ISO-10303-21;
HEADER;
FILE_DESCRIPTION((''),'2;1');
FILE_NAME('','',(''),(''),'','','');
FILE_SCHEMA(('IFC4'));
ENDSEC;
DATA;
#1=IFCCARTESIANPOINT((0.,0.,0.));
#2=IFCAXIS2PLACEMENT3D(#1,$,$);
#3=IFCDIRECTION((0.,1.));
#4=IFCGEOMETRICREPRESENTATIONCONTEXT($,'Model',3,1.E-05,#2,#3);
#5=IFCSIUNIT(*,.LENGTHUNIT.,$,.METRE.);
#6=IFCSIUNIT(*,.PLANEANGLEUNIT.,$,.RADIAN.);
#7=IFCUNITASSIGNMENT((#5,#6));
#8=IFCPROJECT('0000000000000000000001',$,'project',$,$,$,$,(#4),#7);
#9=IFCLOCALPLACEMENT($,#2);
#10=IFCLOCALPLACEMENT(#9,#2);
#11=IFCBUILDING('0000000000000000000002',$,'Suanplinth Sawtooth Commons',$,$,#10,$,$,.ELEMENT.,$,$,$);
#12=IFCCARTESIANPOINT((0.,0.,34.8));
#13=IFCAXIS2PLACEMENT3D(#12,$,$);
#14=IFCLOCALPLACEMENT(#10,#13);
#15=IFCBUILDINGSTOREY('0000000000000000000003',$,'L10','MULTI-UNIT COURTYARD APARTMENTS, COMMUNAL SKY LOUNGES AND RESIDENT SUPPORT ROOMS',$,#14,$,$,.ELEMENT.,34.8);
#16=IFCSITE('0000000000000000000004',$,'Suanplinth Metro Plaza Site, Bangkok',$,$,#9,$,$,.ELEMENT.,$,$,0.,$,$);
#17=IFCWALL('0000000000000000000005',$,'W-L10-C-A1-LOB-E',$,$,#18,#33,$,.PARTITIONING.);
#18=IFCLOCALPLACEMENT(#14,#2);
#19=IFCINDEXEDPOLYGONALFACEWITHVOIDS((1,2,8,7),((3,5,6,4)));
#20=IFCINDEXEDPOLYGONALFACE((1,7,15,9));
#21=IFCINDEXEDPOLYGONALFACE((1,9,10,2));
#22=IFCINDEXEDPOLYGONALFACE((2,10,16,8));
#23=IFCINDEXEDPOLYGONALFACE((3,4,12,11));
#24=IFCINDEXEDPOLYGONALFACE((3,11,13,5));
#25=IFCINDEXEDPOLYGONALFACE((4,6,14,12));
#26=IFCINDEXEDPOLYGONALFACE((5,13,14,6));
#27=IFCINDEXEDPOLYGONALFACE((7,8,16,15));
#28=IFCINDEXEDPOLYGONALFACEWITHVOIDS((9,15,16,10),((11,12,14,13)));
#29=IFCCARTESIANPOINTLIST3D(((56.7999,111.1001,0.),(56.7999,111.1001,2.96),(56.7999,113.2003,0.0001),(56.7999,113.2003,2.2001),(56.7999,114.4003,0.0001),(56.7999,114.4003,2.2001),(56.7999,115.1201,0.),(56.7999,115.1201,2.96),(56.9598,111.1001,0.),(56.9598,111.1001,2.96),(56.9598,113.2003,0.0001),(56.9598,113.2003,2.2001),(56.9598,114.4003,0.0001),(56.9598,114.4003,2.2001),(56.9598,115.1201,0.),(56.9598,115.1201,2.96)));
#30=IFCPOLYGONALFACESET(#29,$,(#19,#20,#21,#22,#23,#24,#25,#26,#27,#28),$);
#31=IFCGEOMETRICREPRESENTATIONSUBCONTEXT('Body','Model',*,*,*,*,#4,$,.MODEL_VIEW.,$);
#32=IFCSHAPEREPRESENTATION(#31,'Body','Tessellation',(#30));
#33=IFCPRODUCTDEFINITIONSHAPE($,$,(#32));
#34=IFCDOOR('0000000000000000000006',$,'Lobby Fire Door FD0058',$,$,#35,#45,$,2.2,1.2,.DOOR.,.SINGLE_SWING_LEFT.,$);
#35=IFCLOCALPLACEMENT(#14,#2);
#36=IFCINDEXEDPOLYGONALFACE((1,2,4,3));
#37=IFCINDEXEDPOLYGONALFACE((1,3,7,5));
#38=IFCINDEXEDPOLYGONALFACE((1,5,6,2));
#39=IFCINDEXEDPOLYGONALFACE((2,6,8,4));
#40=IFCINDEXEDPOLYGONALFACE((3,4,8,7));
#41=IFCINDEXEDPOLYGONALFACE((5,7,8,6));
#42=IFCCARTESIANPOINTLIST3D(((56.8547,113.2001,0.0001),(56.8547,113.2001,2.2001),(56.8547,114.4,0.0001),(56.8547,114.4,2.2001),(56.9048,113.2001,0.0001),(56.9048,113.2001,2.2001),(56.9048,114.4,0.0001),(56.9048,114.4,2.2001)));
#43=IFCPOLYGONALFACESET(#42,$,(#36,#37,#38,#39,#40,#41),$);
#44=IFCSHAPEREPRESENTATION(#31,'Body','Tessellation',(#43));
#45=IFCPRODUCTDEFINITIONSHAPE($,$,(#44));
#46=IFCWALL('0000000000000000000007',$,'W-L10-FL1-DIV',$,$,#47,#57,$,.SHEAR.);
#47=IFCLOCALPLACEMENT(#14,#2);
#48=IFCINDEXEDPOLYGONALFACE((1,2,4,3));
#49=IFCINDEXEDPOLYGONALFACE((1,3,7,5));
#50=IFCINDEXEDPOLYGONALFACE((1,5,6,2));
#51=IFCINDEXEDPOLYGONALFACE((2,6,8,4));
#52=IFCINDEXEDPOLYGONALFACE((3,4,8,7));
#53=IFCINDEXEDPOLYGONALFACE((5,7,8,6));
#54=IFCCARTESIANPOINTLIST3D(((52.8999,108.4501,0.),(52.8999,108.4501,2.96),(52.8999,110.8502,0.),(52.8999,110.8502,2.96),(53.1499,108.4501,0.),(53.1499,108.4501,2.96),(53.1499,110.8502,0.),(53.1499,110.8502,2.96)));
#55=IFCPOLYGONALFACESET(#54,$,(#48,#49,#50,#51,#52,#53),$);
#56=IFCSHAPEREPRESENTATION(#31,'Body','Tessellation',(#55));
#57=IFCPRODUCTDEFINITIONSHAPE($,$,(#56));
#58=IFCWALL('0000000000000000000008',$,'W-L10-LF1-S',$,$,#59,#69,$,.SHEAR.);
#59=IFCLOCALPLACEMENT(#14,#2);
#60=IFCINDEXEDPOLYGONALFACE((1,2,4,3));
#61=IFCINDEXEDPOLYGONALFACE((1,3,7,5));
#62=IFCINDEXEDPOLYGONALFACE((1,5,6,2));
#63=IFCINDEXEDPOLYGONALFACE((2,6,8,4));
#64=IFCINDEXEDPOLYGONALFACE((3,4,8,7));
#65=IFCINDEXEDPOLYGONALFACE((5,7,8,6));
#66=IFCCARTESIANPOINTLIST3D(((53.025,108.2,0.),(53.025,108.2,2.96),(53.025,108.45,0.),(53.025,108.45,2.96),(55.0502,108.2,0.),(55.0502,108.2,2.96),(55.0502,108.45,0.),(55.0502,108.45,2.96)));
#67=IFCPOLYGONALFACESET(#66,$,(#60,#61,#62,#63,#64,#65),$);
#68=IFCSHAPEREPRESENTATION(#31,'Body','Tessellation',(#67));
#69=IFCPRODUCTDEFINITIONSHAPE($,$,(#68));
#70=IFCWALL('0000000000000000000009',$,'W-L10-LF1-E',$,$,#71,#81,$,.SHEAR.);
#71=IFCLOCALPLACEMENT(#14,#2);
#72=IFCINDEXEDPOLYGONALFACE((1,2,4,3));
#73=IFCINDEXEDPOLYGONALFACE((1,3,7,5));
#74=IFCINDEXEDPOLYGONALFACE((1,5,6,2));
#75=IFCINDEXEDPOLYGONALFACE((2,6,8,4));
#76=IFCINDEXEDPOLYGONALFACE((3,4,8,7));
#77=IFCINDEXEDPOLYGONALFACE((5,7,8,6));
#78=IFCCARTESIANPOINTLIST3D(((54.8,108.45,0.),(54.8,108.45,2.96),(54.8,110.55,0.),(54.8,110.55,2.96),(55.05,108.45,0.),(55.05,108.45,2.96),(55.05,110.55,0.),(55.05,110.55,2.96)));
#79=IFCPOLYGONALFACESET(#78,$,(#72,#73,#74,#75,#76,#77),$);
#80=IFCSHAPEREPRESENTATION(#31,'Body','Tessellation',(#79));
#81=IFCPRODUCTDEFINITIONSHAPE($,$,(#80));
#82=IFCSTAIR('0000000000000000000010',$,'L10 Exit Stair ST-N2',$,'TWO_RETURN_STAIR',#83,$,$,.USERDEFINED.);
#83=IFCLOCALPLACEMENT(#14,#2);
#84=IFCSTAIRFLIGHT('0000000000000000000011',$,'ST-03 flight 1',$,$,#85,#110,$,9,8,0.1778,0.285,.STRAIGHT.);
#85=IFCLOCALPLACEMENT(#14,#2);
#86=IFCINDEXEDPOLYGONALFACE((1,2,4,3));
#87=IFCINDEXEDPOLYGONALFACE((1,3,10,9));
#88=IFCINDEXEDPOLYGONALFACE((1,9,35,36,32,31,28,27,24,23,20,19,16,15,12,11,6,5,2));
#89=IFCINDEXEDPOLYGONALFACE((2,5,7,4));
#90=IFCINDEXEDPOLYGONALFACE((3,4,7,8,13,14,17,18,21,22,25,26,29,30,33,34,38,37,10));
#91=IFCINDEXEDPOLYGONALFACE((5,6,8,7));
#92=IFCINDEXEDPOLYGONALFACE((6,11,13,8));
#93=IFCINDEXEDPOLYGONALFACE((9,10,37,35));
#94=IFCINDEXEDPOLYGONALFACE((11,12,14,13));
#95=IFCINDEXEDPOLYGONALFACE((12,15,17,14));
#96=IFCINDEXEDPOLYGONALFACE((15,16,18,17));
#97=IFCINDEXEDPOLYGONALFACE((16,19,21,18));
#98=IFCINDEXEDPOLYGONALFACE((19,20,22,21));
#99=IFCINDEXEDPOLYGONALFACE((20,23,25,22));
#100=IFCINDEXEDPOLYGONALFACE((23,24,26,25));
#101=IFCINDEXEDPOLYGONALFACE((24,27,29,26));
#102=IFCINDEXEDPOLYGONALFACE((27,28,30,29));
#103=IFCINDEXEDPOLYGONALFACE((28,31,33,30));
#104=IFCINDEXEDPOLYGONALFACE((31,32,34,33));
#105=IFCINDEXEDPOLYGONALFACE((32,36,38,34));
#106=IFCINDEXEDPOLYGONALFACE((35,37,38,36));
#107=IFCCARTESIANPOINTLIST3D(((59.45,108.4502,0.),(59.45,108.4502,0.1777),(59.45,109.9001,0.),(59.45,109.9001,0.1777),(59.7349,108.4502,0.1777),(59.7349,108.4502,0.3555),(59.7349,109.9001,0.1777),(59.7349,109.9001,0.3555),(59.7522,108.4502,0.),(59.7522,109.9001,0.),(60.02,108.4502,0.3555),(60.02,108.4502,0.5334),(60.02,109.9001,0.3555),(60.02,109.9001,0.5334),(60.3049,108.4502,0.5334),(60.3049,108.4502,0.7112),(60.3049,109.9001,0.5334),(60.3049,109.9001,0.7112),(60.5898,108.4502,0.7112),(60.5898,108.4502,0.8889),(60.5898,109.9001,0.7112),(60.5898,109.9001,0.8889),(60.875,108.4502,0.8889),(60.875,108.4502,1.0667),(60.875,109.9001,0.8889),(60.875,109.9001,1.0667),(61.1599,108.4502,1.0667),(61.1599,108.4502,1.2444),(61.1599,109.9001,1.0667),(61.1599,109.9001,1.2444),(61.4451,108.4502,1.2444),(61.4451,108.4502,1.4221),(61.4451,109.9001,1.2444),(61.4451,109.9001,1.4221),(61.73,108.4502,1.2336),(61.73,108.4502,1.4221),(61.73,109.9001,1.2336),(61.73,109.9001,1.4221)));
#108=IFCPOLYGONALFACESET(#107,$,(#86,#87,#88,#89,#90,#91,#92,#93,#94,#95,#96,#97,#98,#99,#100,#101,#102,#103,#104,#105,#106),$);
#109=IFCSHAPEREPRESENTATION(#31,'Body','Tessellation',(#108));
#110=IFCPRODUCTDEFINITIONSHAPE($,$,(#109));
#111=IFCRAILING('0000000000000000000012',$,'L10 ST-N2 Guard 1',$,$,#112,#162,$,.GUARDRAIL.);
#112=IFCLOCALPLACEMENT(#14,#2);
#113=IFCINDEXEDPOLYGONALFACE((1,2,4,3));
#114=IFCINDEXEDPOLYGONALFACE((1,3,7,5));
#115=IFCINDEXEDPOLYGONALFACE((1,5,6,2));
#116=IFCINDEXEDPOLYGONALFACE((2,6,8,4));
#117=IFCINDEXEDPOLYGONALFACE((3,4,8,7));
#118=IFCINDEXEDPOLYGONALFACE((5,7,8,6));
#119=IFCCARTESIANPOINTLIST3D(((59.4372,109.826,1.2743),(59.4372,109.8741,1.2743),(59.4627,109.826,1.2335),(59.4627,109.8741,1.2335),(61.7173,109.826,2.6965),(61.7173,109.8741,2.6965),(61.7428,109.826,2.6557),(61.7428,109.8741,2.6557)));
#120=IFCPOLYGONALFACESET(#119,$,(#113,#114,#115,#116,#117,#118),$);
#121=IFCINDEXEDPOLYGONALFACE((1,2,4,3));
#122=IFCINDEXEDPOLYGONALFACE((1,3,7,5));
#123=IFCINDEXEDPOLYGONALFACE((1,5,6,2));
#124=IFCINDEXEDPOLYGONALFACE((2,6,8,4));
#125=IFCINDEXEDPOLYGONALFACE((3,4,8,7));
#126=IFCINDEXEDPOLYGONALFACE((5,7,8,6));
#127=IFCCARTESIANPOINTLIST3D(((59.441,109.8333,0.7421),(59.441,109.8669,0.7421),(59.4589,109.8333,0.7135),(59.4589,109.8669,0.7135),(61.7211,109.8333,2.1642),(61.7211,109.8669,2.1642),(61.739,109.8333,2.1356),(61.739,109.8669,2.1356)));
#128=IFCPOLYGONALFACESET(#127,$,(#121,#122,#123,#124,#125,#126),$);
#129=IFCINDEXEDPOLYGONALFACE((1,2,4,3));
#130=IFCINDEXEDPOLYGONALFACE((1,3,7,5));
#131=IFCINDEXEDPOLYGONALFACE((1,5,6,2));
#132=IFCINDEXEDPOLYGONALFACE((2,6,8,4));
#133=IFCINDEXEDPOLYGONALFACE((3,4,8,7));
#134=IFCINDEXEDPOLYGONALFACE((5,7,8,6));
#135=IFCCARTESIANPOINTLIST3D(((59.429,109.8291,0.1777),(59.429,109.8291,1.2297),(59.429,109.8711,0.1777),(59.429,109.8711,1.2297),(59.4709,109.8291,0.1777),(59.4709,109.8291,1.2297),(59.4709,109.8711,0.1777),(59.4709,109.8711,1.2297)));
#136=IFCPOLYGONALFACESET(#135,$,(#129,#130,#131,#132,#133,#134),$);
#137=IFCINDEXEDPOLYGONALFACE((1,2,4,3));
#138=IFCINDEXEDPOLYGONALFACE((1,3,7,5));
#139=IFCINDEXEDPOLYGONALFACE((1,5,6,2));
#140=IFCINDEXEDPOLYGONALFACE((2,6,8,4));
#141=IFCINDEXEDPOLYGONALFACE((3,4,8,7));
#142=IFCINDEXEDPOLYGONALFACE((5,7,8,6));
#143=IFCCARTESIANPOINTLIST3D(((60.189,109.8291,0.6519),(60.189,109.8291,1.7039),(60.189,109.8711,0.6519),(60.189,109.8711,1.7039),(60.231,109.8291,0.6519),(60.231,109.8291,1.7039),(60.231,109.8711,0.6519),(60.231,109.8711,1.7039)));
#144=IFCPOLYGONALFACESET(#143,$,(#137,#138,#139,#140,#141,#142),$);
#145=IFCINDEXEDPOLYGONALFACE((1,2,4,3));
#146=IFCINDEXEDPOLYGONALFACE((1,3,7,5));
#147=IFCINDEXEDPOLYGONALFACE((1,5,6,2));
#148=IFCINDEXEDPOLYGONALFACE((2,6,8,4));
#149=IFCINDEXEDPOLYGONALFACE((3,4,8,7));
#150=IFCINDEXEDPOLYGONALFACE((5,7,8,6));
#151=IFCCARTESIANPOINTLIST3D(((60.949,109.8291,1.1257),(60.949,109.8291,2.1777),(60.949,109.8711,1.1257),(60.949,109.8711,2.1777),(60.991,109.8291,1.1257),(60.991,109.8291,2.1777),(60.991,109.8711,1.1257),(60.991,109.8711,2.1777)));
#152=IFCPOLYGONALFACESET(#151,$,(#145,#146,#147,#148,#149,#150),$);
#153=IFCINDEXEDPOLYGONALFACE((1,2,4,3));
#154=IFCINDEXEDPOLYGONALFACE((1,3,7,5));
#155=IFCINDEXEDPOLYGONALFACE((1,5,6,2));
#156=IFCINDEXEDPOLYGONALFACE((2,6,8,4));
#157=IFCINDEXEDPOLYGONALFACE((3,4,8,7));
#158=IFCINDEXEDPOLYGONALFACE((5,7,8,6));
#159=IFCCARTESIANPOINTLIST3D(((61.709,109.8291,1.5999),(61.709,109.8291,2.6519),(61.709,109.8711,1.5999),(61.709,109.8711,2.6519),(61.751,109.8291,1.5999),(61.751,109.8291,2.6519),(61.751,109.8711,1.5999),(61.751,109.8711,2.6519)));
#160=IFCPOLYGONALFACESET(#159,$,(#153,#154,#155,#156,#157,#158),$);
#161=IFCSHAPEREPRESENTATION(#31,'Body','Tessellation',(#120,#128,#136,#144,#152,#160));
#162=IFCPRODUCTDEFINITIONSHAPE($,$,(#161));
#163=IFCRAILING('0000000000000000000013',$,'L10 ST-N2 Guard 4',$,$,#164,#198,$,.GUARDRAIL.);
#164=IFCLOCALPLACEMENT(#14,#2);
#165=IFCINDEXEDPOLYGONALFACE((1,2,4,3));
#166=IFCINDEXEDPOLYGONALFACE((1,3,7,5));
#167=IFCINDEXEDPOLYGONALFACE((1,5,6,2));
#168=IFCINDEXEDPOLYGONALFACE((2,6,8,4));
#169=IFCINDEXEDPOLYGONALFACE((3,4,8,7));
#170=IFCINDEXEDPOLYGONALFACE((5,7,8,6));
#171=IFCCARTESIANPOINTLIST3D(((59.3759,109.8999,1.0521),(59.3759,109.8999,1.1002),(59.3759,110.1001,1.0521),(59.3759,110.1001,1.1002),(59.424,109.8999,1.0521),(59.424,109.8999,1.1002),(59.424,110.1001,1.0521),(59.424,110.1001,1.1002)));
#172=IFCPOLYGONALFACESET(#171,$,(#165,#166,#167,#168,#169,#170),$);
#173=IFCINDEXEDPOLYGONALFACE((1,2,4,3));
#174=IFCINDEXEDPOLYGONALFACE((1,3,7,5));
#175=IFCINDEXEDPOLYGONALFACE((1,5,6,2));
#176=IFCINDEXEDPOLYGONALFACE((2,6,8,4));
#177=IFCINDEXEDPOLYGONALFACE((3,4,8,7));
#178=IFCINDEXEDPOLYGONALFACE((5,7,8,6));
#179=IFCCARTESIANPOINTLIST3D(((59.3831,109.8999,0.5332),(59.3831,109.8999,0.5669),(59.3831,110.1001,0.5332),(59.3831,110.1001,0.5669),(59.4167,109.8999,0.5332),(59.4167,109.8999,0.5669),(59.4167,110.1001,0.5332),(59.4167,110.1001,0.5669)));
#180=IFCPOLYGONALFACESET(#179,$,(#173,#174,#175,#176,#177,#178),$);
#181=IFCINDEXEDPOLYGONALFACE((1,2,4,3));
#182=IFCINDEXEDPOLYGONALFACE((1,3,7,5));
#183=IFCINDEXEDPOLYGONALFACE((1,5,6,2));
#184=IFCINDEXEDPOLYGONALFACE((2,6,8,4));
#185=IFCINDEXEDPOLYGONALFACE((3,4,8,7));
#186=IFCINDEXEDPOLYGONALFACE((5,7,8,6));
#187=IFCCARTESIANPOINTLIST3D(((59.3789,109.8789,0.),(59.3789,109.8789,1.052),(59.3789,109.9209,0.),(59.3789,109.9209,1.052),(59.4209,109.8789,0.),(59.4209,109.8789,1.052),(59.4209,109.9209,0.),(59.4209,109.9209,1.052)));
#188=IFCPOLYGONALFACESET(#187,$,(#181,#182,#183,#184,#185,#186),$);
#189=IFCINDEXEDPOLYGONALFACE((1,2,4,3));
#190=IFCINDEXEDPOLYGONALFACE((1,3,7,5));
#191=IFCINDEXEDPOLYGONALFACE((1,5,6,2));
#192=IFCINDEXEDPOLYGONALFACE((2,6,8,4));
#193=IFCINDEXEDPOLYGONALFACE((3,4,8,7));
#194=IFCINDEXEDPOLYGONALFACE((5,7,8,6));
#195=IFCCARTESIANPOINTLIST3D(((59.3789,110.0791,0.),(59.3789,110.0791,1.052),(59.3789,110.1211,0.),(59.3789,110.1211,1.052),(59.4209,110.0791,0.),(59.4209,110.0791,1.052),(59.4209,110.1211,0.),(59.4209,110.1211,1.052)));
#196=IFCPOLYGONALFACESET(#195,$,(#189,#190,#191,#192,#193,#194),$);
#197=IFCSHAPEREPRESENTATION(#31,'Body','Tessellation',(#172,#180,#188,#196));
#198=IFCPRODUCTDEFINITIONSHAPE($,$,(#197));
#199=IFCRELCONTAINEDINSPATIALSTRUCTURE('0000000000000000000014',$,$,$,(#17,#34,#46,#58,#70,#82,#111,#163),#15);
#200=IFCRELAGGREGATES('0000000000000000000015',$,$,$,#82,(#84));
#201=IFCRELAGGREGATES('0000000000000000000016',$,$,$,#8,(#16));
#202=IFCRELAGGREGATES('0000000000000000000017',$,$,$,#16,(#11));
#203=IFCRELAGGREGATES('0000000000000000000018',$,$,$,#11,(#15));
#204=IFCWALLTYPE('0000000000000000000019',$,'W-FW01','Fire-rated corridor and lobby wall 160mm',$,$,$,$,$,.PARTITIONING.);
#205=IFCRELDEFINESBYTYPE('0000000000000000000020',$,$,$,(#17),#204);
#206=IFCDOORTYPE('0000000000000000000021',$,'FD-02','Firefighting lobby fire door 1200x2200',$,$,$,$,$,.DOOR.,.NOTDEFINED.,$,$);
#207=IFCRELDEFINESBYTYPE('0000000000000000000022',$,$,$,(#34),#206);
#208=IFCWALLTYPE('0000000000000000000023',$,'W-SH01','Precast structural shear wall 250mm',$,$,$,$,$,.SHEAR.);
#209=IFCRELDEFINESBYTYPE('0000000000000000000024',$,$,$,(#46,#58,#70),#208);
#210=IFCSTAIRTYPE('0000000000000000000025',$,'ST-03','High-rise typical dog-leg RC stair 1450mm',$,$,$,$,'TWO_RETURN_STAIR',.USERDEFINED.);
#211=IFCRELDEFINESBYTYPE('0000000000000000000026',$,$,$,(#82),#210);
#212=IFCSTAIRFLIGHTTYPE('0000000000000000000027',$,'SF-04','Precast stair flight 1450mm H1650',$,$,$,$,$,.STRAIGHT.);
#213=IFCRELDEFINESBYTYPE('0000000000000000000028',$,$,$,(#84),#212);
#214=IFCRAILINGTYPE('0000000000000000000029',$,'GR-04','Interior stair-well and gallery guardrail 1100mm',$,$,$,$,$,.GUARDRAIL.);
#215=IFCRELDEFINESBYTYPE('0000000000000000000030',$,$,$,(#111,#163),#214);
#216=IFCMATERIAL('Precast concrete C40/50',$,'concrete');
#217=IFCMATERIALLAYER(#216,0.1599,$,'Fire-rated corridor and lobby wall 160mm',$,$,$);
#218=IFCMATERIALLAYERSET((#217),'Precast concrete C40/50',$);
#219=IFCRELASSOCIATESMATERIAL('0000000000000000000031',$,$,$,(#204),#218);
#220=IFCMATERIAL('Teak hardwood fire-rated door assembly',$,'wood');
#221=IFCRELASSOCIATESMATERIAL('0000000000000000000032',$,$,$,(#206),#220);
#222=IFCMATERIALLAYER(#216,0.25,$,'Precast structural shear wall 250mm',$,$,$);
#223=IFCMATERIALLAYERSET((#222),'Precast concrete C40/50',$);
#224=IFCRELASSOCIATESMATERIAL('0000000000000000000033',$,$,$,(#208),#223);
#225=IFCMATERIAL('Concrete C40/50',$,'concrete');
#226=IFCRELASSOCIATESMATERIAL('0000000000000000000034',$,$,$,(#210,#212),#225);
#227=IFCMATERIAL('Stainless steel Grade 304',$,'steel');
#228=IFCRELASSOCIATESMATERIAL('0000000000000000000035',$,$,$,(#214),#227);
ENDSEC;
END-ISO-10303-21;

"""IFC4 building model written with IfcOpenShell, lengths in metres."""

from ifc_helpers import new_model, si_unit, direction, frame, frame_2d, origin, origin_2d, place, context, subcontext, project, spatial, polyline, rectangle, outline, extrude, material, layer, layer_set, type_object, element, fill, aggregate, save


model = new_model("IFC4")

# Units and contexts
model_context = context("Model", 3, precision=1e-05, world=origin(), true_north=direction((0.0, 1.0)))
body_context = subcontext(model_context, "Body", "Model", "MODEL_VIEW")
ifc_project = project(units=[si_unit("LENGTHUNIT", "METRE"), si_unit("PLANEANGLEUNIT", "RADIAN")], contexts=[model_context])

# Site, building, storey
site_placement = place(None, origin())
site = spatial("IfcSite", under=ifc_project, at=site_placement, Name="Suanplinth Metro Plaza Site, Bangkok", CompositionType="ELEMENT", RefElevation=0.0)
building_placement = place(site_placement, origin())
building = spatial("IfcBuilding", under=site, at=building_placement, Name="Suanplinth Sawtooth Commons", CompositionType="ELEMENT")
storey_placement = place(building_placement, frame((0.0, 0.0, 34.8)))
storey = spatial("IfcBuildingStorey", under=building, at=storey_placement, Name="L10", Description="MULTI-UNIT COURTYARD APARTMENTS, COMMUNAL SKY LOUNGES AND RESIDENT SUPPORT ROOMS", CompositionType="ELEMENT", Elevation=34.8)

# Shared definitions
ifc_material_1 = material(Name="Precast concrete C40/50", Category="concrete")

# Shared definitions
ifc_material_2 = material(Name="Concrete C40/50", Category="concrete")

# Shared definitions
ifc_material_3 = material(Name="Teak hardwood fire-rated door assembly", Category="wood")

# Wall, opening, door
ifc_layer_1 = layer(ifc_material_1, 0.1599, Name="Fire-rated corridor and lobby wall 160mm")
ifc_layer_set_1 = layer_set([ifc_layer_1], Name="Precast concrete C40/50")
wall_type_1 = type_object("IfcWallType", Name="W-FW01", Description="Fire-rated corridor and lobby wall 160mm", PredefinedType="PARTITIONING", material=ifc_layer_set_1)
wall_1_placement = place(storey_placement, frame((56.8799, 111.1001, 0.0), z_axis=(0.0, 0.0, 1.0), x_axis=(0.0, 1.0, 0.0)))
wall_1 = element("IfcWall", 1, at=wall_1_placement, inside=storey, type_object=wall_type_1, Name="W-L10-C-A1-LOB-E", PredefinedType="PARTITIONING", context=body_context, shape_type="SweptSolid", body=[
    extrude(rectangle(XDim=4.02, YDim=0.1599, at=frame_2d((2.01, 0.0))), origin(), (0.0, 0.0, 1.0), 2.96),
])
opening_1_placement = place(wall_1_placement, frame((2.1001, 0.0, 0.0)))
opening_1 = element("IfcOpeningElement", 2, at=opening_1_placement, cuts=wall_1, PredefinedType="OPENING", context=body_context, shape_type="SweptSolid", body=[
    extrude(rectangle(XDim=1.2, YDim=2.2, at=frame_2d((0.6001, 1.1001))), frame((0.0, 0.0947, 0.0), z_axis=(0.0, -1.0, 0.0), x_axis=(1.0, 0.0, 0.0)), (0.0, 0.0, 1.0), 0.1897),
])
door_type_1 = type_object("IfcDoorType", Name="FD-02", Description="Firefighting lobby fire door 1200x2200", OperationType="NOTDEFINED", PredefinedType="DOOR", material=ifc_material_3)
door_1_placement = place(opening_1_placement, frame((1.2, 0.0, 0.0), z_axis=(0.0, 0.0, 1.0), x_axis=(-1.0, 0.0, 0.0)))
door_1 = element("IfcDoor", 3, at=door_1_placement, inside=storey, type_object=door_type_1, Name="Lobby Fire Door FD0058", OperationType="SINGLE_SWING_LEFT", OverallHeight=2.2, OverallWidth=1.2, PredefinedType="DOOR", context=body_context, shape_type="SweptSolid", body=[
    extrude(rectangle(XDim=1.2, YDim=2.2, at=frame_2d((0.6001, 1.1001))), frame((0.0, 0.0249, 0.0), z_axis=(0.0, -1.0, 0.0), x_axis=(1.0, 0.0, 0.0)), (0.0, 0.0, 1.0), 0.05),
])
fill(opening_1, door_1)

# Walls
ifc_layer_2 = layer(ifc_material_1, 0.25, Name="Precast structural shear wall 250mm")
ifc_layer_set_2 = layer_set([ifc_layer_2], Name="Precast concrete C40/50")
wall_type_2 = type_object("IfcWallType", Name="W-SH01", Description="Precast structural shear wall 250mm", PredefinedType="SHEAR", material=ifc_layer_set_2)
wall_2_placement = place(storey_placement, frame((53.0249, 108.45, 0.0), z_axis=(0.0, 0.0, 1.0), x_axis=(0.0, 1.0, 0.0)))
element("IfcWall", 4, at=wall_2_placement, inside=storey, type_object=wall_type_2, Name="W-L10-FL1-DIV", PredefinedType="SHEAR", context=body_context, shape_type="SweptSolid", body=[
    extrude(rectangle(XDim=2.4001, YDim=0.25, at=frame_2d((1.2002, 0.0))), origin(), (0.0, 0.0, 1.0), 2.96),
])
wall_3_placement = place(storey_placement, frame((53.0249, 108.325, 0.0), z_axis=(0.0, 0.0, 1.0), x_axis=(1.0, 0.0, 0.0)))
element("IfcWall", 5, at=wall_3_placement, inside=storey, type_object=wall_type_2, Name="W-L10-LF1-S", PredefinedType="SHEAR", context=body_context, shape_type="SweptSolid", body=[
    extrude(rectangle(XDim=2.0251, YDim=0.25, at=frame_2d((1.0127, 0.0))), origin(), (0.0, 0.0, 1.0), 2.96),
])

# Shared definitions
ifc_material_4 = material(Name="Stainless steel Grade 304", Category="steel")

# Wall
wall_4_placement = place(storey_placement, frame((54.925, 108.45, 0.0), z_axis=(0.0, 0.0, 1.0), x_axis=(0.0, 1.0, 0.0)))
element("IfcWall", 6, at=wall_4_placement, inside=storey, type_object=wall_type_2, Name="W-L10-LF1-E", PredefinedType="SHEAR", context=body_context, shape_type="SweptSolid", body=[
    extrude(rectangle(XDim=2.1001, YDim=0.25, at=frame_2d((1.05, 0.0))), origin(), (0.0, 0.0, 1.0), 2.96),
])

# Stair, stair flight
stair_type = type_object("IfcStairType", Name="ST-03", Description="High-rise typical dog-leg RC stair 1450mm", ElementType="TWO_RETURN_STAIR", PredefinedType="USERDEFINED", material=ifc_material_2)
stair_placement = place(storey_placement, origin())
stair = element("IfcStair", 7, at=stair_placement, inside=storey, type_object=stair_type, Name="L10 Exit Stair ST-N2", ObjectType="TWO_RETURN_STAIR", PredefinedType="USERDEFINED")
stair_flight_type = type_object("IfcStairFlightType", Name="SF-04", Description="Precast stair flight 1450mm H1650", PredefinedType="STRAIGHT", material=ifc_material_2)
stair_flight_placement = place(storey_placement, frame((59.45, 109.175, 0.0), z_axis=(0.0, 0.0, 1.0), x_axis=(1.0, 0.0, 0.0)))
stair_flight = element("IfcStairFlight", 8, at=stair_flight_placement, type_object=stair_flight_type, Name="ST-03 flight 1", NumberOfRisers=9, NumberOfTreads=8, PredefinedType="STRAIGHT", RiserHeight=0.1778, TreadLength=0.285, context=body_context, shape_type="SweptSolid", body=[
    extrude(outline(polyline([(0.0, 0.0), (0.0, 0.1777), (0.2849, 0.1777), (0.2849, 0.3555), (0.5701, 0.3555), (0.5701, 0.5334), (0.855, 0.5334), (0.855, 0.7112), (1.1399, 0.7112), (1.1399, 0.8889), (1.425, 0.8889), (1.425, 1.0667), (1.71, 1.0667), (1.71, 1.2444), (1.9951, 1.2444), (1.9951, 1.4221), (2.28, 1.4221), (2.28, 1.6001), (2.28, 1.2336), (0.3022, 0.0), (0.0, 0.0)])), frame((0.0, 0.7251, 0.0), z_axis=(0.0, -1.0, 0.0), x_axis=(1.0, 0.0, 0.0)), (0.0, 0.0, 1.0), 1.45),
])
aggregate(stair, [stair_flight])

# Railings
railing_type_1 = type_object("IfcRailingType", Name="GR-04", Description="Interior stair-well and gallery guardrail 1100mm", PredefinedType="GUARDRAIL", material=ifc_material_4)
railing_1_placement = place(storey_placement, frame((59.45, 109.8501, 0.1777)))
element("IfcRailing", 9, at=railing_1_placement, inside=storey, type_object=railing_type_1, Name="L10 ST-N2 Guard 1", PredefinedType="GUARDRAIL", context=body_context, shape_type="SweptSolid", body=[
    extrude(rectangle(XDim=0.0481, YDim=0.0481, at=origin_2d()), frame((0.0, 0.0, 1.0762), z_axis=(0.848483, 0.0, 0.529223), x_axis=(0.0, 1.0, 0.0)), (0.0, 0.0, 1.0), 2.6873),
    extrude(rectangle(XDim=0.0337, YDim=0.0337, at=origin_2d()), frame((0.0, 0.0, 0.55), z_axis=(0.848483, 0.0, 0.529223), x_axis=(0.0, 1.0, 0.0)), (0.0, 0.0, 1.0), 2.6873),
    extrude(rectangle(XDim=0.042, YDim=0.042, at=origin_2d()), origin(), (0.0, 0.0, 1.0), 1.052),
    extrude(rectangle(XDim=0.042, YDim=0.042, at=origin_2d()), frame((0.76, 0.0, 0.4741)), (0.0, 0.0, 1.0), 1.052),
    extrude(rectangle(XDim=0.042, YDim=0.042, at=origin_2d()), frame((1.52, 0.0, 0.948)), (0.0, 0.0, 1.0), 1.052),
    extrude(rectangle(XDim=0.042, YDim=0.042, at=origin_2d()), frame((2.28, 0.0, 1.4221)), (0.0, 0.0, 1.0), 1.052),
])
railing_2_placement = place(storey_placement, frame((59.3999, 109.8999, 0.0)))
element("IfcRailing", 10, at=railing_2_placement, inside=storey, type_object=railing_type_1, Name="L10 ST-N2 Guard 4", PredefinedType="GUARDRAIL", context=body_context, shape_type="SweptSolid", body=[
    extrude(rectangle(XDim=0.0481, YDim=0.0481, at=origin_2d()), frame((0.0, 0.0, 1.0762), z_axis=(0.0, 1.0, 0.0), x_axis=(-1.0, 0.0, 0.0)), (0.0, 0.0, 1.0), 0.2002),
    extrude(rectangle(XDim=0.0337, YDim=0.0337, at=origin_2d()), frame((0.0, 0.0, 0.55), z_axis=(0.0, 1.0, 0.0), x_axis=(-1.0, 0.0, 0.0)), (0.0, 0.0, 1.0), 0.2002),
    extrude(rectangle(XDim=0.042, YDim=0.042, at=origin_2d()), origin(), (0.0, 0.0, 1.0), 1.052),
    extrude(rectangle(XDim=0.042, YDim=0.042, at=origin_2d()), frame((0.0, 0.2002, 0.0)), (0.0, 0.0, 1.0), 1.052),
])

save(model, "model.ifc")
